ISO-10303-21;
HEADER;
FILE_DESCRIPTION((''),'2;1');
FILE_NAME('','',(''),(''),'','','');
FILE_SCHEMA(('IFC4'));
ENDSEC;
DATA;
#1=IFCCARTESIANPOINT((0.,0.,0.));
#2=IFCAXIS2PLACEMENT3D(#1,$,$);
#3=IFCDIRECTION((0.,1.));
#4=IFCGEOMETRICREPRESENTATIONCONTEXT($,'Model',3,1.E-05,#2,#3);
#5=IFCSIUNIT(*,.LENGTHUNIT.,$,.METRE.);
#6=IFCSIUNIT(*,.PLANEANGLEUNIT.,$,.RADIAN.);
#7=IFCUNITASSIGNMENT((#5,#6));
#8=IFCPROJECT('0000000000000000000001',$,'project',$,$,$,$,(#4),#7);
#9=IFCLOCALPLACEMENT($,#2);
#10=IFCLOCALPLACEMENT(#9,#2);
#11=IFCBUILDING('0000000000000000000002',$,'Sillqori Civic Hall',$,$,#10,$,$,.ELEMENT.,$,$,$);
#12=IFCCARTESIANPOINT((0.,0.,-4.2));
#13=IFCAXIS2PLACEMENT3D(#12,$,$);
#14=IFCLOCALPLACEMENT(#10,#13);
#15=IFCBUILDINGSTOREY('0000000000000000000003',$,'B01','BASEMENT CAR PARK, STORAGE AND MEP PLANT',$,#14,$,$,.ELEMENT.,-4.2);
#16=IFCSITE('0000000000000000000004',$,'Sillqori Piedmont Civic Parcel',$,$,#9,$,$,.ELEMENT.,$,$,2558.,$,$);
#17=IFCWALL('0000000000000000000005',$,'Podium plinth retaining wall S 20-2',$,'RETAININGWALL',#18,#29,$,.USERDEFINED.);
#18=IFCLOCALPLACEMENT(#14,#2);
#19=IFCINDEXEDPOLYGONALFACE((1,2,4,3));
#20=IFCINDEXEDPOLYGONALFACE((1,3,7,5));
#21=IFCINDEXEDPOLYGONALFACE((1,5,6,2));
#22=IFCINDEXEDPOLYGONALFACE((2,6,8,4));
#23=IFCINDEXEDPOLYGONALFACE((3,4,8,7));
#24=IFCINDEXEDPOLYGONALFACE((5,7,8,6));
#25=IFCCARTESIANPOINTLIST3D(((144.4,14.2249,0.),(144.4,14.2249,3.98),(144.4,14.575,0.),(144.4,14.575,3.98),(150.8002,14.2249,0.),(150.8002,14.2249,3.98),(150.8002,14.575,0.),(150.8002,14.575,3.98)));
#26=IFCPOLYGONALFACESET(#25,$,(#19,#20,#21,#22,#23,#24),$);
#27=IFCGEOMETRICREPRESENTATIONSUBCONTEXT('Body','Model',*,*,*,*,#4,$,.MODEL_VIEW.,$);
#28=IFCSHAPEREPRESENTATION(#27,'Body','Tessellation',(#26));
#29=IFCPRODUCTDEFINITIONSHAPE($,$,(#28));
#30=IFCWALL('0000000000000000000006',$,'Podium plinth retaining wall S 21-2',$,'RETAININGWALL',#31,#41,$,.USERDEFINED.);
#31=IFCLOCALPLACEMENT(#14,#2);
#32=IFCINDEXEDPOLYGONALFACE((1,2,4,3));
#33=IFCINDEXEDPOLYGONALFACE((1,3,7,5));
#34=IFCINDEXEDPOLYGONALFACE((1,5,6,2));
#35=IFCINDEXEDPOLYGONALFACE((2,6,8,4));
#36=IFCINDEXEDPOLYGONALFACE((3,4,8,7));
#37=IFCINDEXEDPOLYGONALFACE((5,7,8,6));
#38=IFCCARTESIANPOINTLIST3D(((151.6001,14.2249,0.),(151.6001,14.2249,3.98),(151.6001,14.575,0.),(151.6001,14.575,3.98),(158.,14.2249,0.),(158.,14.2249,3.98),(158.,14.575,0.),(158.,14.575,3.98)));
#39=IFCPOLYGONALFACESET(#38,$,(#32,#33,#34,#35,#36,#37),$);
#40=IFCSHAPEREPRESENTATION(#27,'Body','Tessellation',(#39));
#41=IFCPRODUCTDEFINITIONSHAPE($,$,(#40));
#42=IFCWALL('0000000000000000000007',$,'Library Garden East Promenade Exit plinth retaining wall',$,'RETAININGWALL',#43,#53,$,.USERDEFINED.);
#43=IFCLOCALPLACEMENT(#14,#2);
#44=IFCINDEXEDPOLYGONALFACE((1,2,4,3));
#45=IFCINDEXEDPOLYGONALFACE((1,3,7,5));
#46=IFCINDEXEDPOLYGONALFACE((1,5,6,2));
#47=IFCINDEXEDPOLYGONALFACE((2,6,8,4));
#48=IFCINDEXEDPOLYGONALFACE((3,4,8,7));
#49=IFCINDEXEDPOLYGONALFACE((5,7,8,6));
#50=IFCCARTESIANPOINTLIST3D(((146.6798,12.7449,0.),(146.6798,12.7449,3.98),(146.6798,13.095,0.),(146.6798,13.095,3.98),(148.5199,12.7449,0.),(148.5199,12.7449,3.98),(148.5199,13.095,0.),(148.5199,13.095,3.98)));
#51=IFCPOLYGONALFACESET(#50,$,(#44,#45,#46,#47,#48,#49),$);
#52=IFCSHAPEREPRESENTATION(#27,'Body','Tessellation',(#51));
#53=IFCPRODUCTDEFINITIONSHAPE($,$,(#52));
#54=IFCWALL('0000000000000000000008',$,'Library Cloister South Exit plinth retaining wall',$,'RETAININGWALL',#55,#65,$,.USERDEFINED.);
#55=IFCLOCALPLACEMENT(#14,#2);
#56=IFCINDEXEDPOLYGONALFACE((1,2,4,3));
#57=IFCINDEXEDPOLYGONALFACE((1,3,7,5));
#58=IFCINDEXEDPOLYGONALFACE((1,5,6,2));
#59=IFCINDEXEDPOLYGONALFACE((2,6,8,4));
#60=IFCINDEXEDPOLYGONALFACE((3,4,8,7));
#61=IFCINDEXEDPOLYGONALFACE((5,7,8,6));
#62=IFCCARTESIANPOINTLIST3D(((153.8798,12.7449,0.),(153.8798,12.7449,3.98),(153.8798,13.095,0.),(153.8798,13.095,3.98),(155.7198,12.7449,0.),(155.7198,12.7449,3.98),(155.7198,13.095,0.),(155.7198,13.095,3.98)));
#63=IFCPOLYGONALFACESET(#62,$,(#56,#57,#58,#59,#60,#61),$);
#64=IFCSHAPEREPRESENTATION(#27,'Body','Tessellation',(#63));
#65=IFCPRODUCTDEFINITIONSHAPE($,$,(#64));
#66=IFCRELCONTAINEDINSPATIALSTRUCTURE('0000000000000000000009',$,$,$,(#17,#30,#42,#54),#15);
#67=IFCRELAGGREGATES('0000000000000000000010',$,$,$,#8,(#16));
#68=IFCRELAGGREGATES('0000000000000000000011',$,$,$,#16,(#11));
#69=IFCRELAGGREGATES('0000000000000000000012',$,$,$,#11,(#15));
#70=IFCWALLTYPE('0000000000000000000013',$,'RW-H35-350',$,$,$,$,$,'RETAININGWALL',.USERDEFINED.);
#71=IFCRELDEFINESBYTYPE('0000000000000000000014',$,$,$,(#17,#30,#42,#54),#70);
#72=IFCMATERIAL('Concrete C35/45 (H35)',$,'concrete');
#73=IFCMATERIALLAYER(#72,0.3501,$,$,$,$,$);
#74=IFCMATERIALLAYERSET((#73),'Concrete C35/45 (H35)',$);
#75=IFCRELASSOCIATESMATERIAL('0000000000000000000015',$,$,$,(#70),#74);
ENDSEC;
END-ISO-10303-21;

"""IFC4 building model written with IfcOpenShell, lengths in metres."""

from ifc_helpers import new_model, si_unit, direction, frame, frame_2d, origin, place, context, subcontext, project, spatial, rectangle, extrude, material, layer, layer_set, type_object, element, save


model = new_model("IFC4")

# Units and contexts
model_context = context("Model", 3, precision=1e-05, world=origin(), true_north=direction((0.0, 1.0)))
body_context = subcontext(model_context, "Body", "Model", "MODEL_VIEW")
ifc_project = project(units=[si_unit("LENGTHUNIT", "METRE"), si_unit("PLANEANGLEUNIT", "RADIAN")], contexts=[model_context])

# Site, building, storey
site_placement = place(None, origin())
site = spatial("IfcSite", under=ifc_project, at=site_placement, Name="Sillqori Piedmont Civic Parcel", CompositionType="ELEMENT", RefElevation=2558.0)
building_placement = place(site_placement, origin())
building = spatial("IfcBuilding", under=site, at=building_placement, Name="Sillqori Civic Hall", CompositionType="ELEMENT")
storey_placement = place(building_placement, frame((0.0, 0.0, -4.2)))
storey = spatial("IfcBuildingStorey", under=building, at=storey_placement, Name="B01", Description="BASEMENT CAR PARK, STORAGE AND MEP PLANT", CompositionType="ELEMENT", Elevation=-4.2)

# Shared definitions
ifc_material = material(Name="Concrete C35/45 (H35)", Category="concrete")

# Walls
ifc_layer = layer(ifc_material, 0.3501)
ifc_layer_set = layer_set([ifc_layer], Name="Concrete C35/45 (H35)")
wall_type = type_object("IfcWallType", Name="RW-H35-350", ElementType="RETAININGWALL", PredefinedType="USERDEFINED", material=ifc_layer_set)
wall_1_placement = place(storey_placement, frame((144.3999, 14.3999, 0.0), z_axis=(0.0, 0.0, 1.0), x_axis=(1.0, 0.0, 0.0)))
element("IfcWall", 1, at=wall_1_placement, inside=storey, type_object=wall_type, Name="Podium plinth retaining wall S 20-2", ObjectType="RETAININGWALL", PredefinedType="USERDEFINED", context=body_context, shape_type="SweptSolid", body=[
    extrude(rectangle(XDim=6.4001, YDim=0.3501, at=frame_2d((3.2002, 0.0))), origin(), (0.0, 0.0, 1.0), 3.98),
])
wall_2_placement = place(storey_placement, frame((151.6001, 14.3999, 0.0), z_axis=(0.0, 0.0, 1.0), x_axis=(1.0, 0.0, 0.0)))
element("IfcWall", 2, at=wall_2_placement, inside=storey, type_object=wall_type, Name="Podium plinth retaining wall S 21-2", ObjectType="RETAININGWALL", PredefinedType="USERDEFINED", context=body_context, shape_type="SweptSolid", body=[
    extrude(rectangle(XDim=6.3999, YDim=0.3501, at=frame_2d((3.2, 0.0))), origin(), (0.0, 0.0, 1.0), 3.98),
])
for number, where, z_axis, x_axis, name in (
    (3, (146.6799, 12.9199, 0.0), (0.0, 0.0, 1.0), (1.0, 0.0, 0.0), "Library Garden East Promenade Exit plinth retaining wall"),
    (4, (153.8799, 12.9199, 0.0), (0.0, 0.0, 1.0), (1.0, 0.0, 0.0), "Library Cloister South Exit plinth retaining wall"),
):
    element("IfcWall", number, at=place(storey_placement, frame(where, z_axis=z_axis, x_axis=x_axis)), inside=storey, type_object=wall_type, Name=name, ObjectType="RETAININGWALL", PredefinedType="USERDEFINED", context=body_context, shape_type="SweptSolid", body=[
        extrude(rectangle(XDim=1.8401, YDim=0.3501, at=frame_2d((0.9199, 0.0))), origin(), (0.0, 0.0, 1.0), 3.98),
    ])

save(model, "model.ifc")
